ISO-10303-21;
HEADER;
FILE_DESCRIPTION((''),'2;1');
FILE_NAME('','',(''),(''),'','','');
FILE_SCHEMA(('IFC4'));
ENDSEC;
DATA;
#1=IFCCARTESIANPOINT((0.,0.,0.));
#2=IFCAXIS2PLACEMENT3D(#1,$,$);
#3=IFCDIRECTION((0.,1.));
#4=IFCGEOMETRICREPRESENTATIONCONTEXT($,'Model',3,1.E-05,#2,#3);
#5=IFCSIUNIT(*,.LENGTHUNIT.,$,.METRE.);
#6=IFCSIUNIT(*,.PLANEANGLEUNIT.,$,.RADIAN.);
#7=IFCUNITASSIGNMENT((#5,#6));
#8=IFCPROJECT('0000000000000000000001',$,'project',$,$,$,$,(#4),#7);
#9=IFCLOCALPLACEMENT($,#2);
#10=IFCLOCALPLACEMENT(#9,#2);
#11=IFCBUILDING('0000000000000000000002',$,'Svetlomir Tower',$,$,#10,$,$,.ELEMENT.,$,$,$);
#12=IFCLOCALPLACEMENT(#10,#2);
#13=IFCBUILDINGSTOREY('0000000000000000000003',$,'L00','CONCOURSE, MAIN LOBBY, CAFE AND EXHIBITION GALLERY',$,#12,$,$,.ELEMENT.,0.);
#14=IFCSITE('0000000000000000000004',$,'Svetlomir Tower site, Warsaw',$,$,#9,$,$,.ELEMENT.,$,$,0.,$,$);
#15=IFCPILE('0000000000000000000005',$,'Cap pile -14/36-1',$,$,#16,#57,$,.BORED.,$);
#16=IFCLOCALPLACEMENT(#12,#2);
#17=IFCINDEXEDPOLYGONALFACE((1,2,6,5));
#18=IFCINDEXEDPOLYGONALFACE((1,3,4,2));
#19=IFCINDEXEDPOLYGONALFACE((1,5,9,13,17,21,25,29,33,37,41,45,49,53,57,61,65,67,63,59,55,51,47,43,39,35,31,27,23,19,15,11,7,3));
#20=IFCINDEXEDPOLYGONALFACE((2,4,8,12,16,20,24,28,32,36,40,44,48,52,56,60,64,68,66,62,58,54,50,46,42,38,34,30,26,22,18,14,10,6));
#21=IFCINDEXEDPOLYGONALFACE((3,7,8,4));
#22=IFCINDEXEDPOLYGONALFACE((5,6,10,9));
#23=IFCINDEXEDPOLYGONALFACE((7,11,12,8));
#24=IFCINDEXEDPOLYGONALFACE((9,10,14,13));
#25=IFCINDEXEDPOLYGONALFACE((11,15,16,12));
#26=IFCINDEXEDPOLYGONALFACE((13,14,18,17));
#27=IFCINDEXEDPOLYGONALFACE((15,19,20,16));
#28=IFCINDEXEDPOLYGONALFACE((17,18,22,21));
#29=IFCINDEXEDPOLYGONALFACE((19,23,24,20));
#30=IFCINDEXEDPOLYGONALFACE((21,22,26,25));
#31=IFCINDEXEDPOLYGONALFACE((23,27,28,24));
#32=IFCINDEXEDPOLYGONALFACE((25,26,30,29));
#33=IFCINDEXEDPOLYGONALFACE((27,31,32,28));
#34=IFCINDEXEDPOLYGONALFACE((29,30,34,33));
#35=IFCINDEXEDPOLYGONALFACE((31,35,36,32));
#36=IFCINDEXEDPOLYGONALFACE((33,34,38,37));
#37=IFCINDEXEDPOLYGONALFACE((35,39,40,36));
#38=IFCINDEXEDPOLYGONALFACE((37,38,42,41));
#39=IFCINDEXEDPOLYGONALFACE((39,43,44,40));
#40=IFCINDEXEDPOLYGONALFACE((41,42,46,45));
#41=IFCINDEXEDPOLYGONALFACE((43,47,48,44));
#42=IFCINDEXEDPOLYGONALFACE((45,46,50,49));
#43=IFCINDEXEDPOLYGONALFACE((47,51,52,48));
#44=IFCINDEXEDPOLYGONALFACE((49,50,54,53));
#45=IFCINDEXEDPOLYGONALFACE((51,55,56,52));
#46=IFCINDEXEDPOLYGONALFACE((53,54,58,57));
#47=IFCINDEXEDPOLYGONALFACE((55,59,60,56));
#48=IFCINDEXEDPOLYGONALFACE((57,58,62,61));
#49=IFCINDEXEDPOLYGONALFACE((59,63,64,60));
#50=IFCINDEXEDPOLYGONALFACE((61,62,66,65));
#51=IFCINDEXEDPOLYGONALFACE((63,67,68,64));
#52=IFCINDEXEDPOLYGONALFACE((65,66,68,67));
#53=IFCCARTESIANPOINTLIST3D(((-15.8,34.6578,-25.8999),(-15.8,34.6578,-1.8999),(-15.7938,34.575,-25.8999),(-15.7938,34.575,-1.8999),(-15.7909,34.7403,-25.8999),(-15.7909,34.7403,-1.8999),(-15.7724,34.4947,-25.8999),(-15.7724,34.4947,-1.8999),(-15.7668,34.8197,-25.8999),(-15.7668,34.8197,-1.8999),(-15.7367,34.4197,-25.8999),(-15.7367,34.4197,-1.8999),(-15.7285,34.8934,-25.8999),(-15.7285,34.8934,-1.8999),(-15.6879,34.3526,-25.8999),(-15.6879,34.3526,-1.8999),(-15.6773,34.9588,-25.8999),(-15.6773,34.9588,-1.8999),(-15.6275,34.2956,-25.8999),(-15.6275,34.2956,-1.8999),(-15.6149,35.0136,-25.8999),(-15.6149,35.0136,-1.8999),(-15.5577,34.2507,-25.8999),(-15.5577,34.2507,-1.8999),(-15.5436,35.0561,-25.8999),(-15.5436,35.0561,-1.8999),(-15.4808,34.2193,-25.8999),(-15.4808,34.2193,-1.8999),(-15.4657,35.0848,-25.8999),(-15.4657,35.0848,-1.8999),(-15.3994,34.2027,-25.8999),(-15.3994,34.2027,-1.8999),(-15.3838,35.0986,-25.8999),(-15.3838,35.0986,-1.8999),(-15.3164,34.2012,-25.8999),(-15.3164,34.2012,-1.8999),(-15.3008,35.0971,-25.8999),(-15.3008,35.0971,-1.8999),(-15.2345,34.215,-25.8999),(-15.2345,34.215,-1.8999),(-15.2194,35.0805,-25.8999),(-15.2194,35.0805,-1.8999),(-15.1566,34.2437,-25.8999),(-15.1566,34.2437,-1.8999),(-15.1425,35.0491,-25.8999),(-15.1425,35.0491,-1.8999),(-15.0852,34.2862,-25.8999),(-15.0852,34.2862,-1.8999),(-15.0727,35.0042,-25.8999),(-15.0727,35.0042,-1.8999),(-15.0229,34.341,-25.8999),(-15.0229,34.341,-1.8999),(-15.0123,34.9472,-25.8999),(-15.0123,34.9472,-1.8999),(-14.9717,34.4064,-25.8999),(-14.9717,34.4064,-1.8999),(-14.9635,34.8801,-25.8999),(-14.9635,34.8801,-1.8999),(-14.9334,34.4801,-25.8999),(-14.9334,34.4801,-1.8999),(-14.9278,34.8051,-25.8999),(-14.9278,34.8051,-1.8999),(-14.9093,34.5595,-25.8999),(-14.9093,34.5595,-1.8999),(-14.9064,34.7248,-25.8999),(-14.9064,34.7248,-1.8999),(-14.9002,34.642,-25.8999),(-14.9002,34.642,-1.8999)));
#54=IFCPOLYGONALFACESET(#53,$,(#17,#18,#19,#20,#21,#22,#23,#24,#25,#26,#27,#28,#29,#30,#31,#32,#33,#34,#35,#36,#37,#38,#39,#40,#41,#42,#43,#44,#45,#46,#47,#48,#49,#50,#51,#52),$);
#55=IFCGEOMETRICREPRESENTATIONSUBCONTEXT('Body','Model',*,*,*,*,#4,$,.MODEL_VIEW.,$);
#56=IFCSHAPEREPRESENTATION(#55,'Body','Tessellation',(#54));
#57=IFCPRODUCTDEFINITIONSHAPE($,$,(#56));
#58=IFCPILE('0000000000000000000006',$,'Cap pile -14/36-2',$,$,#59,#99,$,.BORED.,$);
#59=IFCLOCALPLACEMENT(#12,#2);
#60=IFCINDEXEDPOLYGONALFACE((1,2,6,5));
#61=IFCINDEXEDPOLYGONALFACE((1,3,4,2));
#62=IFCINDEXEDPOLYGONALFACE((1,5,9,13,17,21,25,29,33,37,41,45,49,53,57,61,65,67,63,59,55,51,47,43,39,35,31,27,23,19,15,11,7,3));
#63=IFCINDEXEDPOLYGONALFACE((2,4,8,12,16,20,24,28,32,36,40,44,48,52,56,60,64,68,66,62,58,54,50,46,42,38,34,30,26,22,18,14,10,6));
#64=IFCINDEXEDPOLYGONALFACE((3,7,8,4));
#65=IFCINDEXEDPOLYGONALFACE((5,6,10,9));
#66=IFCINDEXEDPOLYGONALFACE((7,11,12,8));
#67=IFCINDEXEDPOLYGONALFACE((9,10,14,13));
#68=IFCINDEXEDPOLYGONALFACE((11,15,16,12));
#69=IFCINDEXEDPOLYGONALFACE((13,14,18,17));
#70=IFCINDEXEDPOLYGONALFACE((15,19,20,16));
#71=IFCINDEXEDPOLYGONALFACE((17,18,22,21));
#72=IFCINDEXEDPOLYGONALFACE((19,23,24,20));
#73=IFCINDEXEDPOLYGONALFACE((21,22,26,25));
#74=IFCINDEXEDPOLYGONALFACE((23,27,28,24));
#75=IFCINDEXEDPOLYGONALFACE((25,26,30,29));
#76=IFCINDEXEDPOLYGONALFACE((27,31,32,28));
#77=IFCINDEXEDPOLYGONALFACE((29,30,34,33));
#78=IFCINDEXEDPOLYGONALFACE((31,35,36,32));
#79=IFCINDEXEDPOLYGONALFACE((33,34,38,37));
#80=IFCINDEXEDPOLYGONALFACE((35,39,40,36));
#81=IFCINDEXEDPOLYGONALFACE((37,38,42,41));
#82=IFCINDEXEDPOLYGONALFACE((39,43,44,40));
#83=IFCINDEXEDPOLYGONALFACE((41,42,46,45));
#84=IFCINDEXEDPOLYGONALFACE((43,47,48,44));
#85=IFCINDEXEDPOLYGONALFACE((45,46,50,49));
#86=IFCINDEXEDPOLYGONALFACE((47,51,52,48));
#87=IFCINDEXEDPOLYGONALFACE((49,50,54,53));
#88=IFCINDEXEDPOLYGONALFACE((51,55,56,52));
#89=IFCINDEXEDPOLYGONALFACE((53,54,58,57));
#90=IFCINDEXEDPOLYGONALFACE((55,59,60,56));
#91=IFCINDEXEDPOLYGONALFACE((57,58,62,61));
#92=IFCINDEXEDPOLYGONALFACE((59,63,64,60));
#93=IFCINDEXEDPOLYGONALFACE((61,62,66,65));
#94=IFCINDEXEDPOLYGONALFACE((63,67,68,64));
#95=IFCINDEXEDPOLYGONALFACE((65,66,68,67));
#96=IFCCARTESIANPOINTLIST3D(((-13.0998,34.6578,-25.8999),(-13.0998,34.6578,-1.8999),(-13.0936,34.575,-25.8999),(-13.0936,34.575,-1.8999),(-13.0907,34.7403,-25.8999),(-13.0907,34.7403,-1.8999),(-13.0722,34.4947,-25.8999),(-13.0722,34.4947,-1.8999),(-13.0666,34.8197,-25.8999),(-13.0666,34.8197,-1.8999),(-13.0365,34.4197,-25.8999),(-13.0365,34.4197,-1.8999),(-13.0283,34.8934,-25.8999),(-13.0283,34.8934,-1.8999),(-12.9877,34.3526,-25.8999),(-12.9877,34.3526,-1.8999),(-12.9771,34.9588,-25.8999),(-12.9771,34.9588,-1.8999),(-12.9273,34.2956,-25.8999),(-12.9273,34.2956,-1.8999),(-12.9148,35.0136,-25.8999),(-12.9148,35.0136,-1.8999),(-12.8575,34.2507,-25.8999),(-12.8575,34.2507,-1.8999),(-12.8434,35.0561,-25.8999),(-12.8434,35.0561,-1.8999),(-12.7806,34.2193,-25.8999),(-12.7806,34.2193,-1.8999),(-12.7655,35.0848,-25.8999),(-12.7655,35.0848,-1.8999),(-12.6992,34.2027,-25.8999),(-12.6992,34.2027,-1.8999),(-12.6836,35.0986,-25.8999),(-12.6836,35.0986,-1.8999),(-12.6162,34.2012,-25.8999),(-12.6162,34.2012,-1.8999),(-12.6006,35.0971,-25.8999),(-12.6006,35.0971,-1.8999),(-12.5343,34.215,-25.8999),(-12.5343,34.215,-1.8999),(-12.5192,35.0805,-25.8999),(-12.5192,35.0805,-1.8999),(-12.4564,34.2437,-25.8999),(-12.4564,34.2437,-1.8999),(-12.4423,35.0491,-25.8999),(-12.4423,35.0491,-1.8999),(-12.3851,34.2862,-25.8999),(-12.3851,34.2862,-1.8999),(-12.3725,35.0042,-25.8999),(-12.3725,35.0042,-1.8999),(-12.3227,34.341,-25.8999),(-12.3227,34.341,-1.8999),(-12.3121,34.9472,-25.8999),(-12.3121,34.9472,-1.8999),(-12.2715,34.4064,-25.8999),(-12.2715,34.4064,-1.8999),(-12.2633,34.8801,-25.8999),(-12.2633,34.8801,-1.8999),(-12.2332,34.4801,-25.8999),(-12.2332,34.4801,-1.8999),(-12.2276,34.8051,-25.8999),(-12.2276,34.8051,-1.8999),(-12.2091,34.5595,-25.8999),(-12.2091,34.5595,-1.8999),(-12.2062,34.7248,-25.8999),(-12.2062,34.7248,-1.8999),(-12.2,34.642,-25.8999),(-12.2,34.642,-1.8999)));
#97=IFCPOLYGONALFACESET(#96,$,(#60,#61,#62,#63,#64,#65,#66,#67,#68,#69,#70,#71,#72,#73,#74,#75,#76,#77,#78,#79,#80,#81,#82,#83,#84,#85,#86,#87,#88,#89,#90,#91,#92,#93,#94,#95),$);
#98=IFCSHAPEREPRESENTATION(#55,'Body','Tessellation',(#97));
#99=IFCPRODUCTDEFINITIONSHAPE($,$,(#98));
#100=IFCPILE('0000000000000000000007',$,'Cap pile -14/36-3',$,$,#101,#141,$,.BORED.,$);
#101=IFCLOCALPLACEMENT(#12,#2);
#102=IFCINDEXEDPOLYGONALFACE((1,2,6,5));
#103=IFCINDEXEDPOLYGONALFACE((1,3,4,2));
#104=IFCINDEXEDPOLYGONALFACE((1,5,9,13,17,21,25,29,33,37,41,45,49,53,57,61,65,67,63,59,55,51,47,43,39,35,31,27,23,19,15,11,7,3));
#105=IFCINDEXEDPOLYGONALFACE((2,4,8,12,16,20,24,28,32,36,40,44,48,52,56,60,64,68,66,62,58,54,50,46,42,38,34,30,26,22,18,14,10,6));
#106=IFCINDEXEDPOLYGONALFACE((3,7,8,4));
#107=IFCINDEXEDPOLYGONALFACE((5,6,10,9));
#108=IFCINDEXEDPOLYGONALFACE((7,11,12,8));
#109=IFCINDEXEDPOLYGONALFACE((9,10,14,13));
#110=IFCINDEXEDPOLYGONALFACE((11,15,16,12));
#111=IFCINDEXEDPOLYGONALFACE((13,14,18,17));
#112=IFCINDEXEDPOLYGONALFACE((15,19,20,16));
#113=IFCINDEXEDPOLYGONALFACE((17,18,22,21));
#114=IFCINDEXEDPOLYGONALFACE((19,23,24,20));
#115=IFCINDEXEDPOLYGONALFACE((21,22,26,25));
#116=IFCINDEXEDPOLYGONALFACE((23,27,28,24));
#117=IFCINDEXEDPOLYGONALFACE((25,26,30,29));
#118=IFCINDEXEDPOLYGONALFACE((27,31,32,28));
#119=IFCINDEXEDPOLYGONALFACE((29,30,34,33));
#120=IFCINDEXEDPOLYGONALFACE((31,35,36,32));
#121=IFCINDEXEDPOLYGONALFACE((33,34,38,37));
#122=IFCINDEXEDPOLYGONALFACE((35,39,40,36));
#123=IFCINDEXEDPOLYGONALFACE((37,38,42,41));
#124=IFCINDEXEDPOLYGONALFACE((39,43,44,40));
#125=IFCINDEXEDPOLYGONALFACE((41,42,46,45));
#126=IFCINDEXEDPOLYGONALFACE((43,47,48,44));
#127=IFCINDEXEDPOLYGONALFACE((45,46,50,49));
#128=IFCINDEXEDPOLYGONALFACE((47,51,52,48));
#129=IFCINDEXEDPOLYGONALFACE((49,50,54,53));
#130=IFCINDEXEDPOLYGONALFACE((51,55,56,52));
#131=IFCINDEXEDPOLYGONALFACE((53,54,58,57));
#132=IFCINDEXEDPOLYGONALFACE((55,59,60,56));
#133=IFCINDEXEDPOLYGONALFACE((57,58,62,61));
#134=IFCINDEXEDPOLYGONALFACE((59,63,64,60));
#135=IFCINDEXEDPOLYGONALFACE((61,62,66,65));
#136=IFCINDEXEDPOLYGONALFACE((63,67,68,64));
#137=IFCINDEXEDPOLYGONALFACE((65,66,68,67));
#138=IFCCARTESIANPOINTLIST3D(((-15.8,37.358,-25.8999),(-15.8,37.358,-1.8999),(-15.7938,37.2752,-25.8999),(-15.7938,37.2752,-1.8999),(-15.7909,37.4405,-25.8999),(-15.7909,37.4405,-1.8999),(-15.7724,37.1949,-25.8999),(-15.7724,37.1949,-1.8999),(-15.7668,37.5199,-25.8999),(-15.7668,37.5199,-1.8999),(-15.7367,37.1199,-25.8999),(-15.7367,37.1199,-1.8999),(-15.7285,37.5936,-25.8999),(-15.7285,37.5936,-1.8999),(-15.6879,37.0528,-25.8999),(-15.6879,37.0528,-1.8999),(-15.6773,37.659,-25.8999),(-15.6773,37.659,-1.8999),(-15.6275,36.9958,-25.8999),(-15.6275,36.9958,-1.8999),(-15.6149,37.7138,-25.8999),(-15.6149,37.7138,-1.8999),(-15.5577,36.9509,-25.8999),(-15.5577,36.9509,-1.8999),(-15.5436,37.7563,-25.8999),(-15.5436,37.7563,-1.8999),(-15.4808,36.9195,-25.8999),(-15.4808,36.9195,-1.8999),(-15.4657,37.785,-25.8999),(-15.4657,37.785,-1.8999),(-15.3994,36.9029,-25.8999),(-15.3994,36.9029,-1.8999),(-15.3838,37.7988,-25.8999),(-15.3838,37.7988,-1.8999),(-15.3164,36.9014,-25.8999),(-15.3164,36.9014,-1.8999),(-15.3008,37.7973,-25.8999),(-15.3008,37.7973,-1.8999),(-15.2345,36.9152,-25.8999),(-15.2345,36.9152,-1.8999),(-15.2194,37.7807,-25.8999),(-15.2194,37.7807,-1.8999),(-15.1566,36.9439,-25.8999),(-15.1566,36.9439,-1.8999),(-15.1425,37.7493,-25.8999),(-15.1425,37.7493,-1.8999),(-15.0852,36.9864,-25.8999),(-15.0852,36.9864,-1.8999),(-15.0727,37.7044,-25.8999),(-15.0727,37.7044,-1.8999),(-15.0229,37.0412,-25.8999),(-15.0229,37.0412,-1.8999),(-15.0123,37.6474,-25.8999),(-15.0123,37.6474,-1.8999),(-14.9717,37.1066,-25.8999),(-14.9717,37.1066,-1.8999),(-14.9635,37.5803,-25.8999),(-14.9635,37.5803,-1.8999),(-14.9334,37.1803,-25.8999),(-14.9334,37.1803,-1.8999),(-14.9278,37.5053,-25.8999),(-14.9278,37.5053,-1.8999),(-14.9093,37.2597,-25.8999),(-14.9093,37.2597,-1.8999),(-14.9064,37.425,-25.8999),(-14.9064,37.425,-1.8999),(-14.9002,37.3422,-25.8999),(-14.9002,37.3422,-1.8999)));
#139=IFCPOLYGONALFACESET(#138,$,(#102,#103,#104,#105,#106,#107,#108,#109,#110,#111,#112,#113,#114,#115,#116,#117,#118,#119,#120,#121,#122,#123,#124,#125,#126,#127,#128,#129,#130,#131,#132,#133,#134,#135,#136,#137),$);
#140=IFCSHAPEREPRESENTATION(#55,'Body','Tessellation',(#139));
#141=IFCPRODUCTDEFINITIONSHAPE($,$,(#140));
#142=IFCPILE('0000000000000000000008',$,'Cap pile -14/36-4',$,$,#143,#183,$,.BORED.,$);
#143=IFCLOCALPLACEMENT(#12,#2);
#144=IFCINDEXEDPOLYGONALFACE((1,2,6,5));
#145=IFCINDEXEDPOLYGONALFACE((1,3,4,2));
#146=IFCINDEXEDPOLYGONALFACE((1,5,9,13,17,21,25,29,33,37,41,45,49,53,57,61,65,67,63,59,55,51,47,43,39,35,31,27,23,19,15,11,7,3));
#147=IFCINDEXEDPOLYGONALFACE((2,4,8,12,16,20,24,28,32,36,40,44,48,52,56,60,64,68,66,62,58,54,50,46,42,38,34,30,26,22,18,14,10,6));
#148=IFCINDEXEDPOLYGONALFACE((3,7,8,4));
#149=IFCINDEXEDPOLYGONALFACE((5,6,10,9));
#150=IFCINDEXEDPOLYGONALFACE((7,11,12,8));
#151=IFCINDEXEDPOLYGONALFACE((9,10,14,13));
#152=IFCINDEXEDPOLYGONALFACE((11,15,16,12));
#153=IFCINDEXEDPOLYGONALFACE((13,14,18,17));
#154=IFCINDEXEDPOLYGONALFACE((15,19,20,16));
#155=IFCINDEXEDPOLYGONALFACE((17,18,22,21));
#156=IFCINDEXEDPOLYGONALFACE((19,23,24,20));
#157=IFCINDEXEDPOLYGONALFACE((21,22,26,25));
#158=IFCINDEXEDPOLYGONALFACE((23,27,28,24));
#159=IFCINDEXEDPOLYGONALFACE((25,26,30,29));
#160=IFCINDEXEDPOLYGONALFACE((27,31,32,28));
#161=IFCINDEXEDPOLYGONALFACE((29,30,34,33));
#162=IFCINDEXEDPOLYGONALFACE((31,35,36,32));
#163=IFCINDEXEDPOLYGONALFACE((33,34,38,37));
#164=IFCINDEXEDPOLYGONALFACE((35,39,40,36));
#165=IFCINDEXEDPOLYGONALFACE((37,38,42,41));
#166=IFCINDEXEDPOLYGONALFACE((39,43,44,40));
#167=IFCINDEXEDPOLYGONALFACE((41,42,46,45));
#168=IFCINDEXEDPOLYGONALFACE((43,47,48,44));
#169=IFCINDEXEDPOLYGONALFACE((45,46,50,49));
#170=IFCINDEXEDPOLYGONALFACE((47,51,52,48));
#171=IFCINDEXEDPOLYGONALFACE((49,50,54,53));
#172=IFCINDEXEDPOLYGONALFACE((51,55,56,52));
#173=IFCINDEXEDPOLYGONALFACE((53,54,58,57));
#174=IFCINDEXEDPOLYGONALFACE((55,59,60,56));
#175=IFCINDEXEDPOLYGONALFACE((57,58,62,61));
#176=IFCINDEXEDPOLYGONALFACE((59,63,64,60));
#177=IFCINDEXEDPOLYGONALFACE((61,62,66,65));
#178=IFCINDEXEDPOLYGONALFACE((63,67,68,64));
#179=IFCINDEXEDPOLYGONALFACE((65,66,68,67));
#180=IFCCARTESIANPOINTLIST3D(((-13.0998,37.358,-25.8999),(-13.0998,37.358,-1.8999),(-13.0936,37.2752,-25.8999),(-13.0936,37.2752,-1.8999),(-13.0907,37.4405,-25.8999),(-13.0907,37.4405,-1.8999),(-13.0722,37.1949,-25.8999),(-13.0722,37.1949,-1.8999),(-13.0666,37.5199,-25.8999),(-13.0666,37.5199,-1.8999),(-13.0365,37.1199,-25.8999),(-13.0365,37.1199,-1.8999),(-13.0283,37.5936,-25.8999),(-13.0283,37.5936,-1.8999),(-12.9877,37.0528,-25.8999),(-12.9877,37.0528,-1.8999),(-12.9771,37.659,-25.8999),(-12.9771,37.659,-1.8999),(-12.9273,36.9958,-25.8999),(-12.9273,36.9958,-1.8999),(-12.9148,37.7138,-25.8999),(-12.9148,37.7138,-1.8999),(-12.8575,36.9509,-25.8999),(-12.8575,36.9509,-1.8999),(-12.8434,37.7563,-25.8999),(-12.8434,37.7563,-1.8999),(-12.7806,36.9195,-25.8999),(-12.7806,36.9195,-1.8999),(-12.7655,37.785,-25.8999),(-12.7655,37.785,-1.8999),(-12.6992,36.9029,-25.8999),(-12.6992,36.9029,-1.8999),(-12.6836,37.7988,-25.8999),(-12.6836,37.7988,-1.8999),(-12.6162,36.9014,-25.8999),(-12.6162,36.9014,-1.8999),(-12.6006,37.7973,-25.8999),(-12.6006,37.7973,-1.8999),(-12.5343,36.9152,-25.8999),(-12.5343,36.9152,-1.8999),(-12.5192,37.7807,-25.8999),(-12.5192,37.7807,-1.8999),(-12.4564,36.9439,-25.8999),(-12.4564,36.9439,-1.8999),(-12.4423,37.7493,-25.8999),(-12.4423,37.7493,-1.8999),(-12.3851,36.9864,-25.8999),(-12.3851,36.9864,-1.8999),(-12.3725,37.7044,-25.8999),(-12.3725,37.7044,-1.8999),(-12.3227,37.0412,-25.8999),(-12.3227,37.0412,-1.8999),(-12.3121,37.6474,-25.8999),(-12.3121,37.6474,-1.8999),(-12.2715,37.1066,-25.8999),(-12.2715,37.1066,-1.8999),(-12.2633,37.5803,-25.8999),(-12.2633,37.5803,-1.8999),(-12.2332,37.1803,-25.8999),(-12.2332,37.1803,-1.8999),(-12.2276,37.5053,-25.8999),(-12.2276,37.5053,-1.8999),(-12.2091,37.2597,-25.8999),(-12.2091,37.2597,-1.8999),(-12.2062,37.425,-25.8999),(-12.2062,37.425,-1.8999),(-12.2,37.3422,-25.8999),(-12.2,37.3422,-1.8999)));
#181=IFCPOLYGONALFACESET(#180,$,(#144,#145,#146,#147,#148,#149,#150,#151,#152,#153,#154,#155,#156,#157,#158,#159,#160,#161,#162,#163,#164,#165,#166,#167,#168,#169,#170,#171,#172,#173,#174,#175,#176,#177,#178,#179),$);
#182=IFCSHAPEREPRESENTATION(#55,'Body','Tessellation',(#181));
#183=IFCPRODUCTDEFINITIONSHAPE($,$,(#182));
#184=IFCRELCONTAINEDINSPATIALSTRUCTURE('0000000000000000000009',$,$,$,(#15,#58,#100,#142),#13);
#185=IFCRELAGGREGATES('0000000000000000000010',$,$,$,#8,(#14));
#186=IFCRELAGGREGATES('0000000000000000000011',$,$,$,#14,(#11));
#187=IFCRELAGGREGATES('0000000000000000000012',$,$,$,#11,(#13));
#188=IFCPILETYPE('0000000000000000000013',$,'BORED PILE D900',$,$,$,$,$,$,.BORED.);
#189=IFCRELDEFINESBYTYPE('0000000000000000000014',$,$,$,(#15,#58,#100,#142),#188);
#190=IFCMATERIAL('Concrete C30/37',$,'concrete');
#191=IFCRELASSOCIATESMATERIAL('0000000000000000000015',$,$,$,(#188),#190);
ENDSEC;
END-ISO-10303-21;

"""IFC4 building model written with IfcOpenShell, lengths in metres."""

from ifc_helpers import new_model, si_unit, direction, frame, frame_2d, origin, origin_2d, place, context, subcontext, project, spatial, circle, extrude, material, material_profile, profile_set, type_object, element, save


model = new_model("IFC4")

# Units and contexts
model_context = context("Model", 3, precision=1e-05, world=origin(), true_north=direction((0.0, 1.0)))
body_context = subcontext(model_context, "Body", "Model", "MODEL_VIEW")
ifc_project = project(units=[si_unit("LENGTHUNIT", "METRE"), si_unit("PLANEANGLEUNIT", "RADIAN")], contexts=[model_context])

# Site, building, storey
site_placement = place(None, origin())
site = spatial("IfcSite", under=ifc_project, at=site_placement, Name="Svetlomir Tower site, Warsaw", CompositionType="ELEMENT", RefElevation=0.0)
building_placement = place(site_placement, origin())
building = spatial("IfcBuilding", under=site, at=building_placement, Name="Svetlomir Tower", CompositionType="ELEMENT")
storey_placement = place(building_placement, origin())
storey = spatial("IfcBuildingStorey", under=building, at=storey_placement, Name="L00", Description="CONCOURSE, MAIN LOBBY, CAFE AND EXHIBITION GALLERY", CompositionType="ELEMENT", Elevation=0.0)

# Piles
ifc_material_1 = material(Name="Concrete C30/37", Category="concrete")
ifc_material_profile_1 = material_profile(ifc_material_1, circle(Radius=0.45, at=origin_2d()), Name="RC D900")
ifc_profile_set_1 = profile_set([ifc_material_profile_1], Name="Concrete C30/37")
pile_type = type_object("IfcPileType", Name="BORED PILE D900", PredefinedType="BORED", material=ifc_profile_set_1)
for number, where, z_axis, x_axis, name in (
    (1, (-15.3501, 34.6499, -1.8999), (0.0, 0.0, -1.0), (1.0, 0.0, 0.0), "Cap pile -14/36-1"),
    (2, (-12.6499, 34.6499, -1.8999), (0.0, 0.0, -1.0), (1.0, 0.0, 0.0), "Cap pile -14/36-2"),
    (3, (-15.3501, 37.3501, -1.8999), (0.0, 0.0, -1.0), (1.0, 0.0, 0.0), "Cap pile -14/36-3"),
    (4, (-12.6499, 37.3501, -1.8999), (0.0, 0.0, -1.0), (1.0, 0.0, 0.0), "Cap pile -14/36-4"),
):
    element("IfcPile", number, at=place(storey_placement, frame(where, z_axis=z_axis, x_axis=x_axis)), inside=storey, type_object=pile_type, Name=name, PredefinedType="BORED", context=body_context, shape_type="SweptSolid", body=[
        extrude(circle(Radius=0.45, at=frame_2d((0.0, 0.0), x_axis=(0.999848, 0.017452))), origin(), (0.0, 0.0, 1.0), 24.0),
    ])

save(model, "model.ifc")
